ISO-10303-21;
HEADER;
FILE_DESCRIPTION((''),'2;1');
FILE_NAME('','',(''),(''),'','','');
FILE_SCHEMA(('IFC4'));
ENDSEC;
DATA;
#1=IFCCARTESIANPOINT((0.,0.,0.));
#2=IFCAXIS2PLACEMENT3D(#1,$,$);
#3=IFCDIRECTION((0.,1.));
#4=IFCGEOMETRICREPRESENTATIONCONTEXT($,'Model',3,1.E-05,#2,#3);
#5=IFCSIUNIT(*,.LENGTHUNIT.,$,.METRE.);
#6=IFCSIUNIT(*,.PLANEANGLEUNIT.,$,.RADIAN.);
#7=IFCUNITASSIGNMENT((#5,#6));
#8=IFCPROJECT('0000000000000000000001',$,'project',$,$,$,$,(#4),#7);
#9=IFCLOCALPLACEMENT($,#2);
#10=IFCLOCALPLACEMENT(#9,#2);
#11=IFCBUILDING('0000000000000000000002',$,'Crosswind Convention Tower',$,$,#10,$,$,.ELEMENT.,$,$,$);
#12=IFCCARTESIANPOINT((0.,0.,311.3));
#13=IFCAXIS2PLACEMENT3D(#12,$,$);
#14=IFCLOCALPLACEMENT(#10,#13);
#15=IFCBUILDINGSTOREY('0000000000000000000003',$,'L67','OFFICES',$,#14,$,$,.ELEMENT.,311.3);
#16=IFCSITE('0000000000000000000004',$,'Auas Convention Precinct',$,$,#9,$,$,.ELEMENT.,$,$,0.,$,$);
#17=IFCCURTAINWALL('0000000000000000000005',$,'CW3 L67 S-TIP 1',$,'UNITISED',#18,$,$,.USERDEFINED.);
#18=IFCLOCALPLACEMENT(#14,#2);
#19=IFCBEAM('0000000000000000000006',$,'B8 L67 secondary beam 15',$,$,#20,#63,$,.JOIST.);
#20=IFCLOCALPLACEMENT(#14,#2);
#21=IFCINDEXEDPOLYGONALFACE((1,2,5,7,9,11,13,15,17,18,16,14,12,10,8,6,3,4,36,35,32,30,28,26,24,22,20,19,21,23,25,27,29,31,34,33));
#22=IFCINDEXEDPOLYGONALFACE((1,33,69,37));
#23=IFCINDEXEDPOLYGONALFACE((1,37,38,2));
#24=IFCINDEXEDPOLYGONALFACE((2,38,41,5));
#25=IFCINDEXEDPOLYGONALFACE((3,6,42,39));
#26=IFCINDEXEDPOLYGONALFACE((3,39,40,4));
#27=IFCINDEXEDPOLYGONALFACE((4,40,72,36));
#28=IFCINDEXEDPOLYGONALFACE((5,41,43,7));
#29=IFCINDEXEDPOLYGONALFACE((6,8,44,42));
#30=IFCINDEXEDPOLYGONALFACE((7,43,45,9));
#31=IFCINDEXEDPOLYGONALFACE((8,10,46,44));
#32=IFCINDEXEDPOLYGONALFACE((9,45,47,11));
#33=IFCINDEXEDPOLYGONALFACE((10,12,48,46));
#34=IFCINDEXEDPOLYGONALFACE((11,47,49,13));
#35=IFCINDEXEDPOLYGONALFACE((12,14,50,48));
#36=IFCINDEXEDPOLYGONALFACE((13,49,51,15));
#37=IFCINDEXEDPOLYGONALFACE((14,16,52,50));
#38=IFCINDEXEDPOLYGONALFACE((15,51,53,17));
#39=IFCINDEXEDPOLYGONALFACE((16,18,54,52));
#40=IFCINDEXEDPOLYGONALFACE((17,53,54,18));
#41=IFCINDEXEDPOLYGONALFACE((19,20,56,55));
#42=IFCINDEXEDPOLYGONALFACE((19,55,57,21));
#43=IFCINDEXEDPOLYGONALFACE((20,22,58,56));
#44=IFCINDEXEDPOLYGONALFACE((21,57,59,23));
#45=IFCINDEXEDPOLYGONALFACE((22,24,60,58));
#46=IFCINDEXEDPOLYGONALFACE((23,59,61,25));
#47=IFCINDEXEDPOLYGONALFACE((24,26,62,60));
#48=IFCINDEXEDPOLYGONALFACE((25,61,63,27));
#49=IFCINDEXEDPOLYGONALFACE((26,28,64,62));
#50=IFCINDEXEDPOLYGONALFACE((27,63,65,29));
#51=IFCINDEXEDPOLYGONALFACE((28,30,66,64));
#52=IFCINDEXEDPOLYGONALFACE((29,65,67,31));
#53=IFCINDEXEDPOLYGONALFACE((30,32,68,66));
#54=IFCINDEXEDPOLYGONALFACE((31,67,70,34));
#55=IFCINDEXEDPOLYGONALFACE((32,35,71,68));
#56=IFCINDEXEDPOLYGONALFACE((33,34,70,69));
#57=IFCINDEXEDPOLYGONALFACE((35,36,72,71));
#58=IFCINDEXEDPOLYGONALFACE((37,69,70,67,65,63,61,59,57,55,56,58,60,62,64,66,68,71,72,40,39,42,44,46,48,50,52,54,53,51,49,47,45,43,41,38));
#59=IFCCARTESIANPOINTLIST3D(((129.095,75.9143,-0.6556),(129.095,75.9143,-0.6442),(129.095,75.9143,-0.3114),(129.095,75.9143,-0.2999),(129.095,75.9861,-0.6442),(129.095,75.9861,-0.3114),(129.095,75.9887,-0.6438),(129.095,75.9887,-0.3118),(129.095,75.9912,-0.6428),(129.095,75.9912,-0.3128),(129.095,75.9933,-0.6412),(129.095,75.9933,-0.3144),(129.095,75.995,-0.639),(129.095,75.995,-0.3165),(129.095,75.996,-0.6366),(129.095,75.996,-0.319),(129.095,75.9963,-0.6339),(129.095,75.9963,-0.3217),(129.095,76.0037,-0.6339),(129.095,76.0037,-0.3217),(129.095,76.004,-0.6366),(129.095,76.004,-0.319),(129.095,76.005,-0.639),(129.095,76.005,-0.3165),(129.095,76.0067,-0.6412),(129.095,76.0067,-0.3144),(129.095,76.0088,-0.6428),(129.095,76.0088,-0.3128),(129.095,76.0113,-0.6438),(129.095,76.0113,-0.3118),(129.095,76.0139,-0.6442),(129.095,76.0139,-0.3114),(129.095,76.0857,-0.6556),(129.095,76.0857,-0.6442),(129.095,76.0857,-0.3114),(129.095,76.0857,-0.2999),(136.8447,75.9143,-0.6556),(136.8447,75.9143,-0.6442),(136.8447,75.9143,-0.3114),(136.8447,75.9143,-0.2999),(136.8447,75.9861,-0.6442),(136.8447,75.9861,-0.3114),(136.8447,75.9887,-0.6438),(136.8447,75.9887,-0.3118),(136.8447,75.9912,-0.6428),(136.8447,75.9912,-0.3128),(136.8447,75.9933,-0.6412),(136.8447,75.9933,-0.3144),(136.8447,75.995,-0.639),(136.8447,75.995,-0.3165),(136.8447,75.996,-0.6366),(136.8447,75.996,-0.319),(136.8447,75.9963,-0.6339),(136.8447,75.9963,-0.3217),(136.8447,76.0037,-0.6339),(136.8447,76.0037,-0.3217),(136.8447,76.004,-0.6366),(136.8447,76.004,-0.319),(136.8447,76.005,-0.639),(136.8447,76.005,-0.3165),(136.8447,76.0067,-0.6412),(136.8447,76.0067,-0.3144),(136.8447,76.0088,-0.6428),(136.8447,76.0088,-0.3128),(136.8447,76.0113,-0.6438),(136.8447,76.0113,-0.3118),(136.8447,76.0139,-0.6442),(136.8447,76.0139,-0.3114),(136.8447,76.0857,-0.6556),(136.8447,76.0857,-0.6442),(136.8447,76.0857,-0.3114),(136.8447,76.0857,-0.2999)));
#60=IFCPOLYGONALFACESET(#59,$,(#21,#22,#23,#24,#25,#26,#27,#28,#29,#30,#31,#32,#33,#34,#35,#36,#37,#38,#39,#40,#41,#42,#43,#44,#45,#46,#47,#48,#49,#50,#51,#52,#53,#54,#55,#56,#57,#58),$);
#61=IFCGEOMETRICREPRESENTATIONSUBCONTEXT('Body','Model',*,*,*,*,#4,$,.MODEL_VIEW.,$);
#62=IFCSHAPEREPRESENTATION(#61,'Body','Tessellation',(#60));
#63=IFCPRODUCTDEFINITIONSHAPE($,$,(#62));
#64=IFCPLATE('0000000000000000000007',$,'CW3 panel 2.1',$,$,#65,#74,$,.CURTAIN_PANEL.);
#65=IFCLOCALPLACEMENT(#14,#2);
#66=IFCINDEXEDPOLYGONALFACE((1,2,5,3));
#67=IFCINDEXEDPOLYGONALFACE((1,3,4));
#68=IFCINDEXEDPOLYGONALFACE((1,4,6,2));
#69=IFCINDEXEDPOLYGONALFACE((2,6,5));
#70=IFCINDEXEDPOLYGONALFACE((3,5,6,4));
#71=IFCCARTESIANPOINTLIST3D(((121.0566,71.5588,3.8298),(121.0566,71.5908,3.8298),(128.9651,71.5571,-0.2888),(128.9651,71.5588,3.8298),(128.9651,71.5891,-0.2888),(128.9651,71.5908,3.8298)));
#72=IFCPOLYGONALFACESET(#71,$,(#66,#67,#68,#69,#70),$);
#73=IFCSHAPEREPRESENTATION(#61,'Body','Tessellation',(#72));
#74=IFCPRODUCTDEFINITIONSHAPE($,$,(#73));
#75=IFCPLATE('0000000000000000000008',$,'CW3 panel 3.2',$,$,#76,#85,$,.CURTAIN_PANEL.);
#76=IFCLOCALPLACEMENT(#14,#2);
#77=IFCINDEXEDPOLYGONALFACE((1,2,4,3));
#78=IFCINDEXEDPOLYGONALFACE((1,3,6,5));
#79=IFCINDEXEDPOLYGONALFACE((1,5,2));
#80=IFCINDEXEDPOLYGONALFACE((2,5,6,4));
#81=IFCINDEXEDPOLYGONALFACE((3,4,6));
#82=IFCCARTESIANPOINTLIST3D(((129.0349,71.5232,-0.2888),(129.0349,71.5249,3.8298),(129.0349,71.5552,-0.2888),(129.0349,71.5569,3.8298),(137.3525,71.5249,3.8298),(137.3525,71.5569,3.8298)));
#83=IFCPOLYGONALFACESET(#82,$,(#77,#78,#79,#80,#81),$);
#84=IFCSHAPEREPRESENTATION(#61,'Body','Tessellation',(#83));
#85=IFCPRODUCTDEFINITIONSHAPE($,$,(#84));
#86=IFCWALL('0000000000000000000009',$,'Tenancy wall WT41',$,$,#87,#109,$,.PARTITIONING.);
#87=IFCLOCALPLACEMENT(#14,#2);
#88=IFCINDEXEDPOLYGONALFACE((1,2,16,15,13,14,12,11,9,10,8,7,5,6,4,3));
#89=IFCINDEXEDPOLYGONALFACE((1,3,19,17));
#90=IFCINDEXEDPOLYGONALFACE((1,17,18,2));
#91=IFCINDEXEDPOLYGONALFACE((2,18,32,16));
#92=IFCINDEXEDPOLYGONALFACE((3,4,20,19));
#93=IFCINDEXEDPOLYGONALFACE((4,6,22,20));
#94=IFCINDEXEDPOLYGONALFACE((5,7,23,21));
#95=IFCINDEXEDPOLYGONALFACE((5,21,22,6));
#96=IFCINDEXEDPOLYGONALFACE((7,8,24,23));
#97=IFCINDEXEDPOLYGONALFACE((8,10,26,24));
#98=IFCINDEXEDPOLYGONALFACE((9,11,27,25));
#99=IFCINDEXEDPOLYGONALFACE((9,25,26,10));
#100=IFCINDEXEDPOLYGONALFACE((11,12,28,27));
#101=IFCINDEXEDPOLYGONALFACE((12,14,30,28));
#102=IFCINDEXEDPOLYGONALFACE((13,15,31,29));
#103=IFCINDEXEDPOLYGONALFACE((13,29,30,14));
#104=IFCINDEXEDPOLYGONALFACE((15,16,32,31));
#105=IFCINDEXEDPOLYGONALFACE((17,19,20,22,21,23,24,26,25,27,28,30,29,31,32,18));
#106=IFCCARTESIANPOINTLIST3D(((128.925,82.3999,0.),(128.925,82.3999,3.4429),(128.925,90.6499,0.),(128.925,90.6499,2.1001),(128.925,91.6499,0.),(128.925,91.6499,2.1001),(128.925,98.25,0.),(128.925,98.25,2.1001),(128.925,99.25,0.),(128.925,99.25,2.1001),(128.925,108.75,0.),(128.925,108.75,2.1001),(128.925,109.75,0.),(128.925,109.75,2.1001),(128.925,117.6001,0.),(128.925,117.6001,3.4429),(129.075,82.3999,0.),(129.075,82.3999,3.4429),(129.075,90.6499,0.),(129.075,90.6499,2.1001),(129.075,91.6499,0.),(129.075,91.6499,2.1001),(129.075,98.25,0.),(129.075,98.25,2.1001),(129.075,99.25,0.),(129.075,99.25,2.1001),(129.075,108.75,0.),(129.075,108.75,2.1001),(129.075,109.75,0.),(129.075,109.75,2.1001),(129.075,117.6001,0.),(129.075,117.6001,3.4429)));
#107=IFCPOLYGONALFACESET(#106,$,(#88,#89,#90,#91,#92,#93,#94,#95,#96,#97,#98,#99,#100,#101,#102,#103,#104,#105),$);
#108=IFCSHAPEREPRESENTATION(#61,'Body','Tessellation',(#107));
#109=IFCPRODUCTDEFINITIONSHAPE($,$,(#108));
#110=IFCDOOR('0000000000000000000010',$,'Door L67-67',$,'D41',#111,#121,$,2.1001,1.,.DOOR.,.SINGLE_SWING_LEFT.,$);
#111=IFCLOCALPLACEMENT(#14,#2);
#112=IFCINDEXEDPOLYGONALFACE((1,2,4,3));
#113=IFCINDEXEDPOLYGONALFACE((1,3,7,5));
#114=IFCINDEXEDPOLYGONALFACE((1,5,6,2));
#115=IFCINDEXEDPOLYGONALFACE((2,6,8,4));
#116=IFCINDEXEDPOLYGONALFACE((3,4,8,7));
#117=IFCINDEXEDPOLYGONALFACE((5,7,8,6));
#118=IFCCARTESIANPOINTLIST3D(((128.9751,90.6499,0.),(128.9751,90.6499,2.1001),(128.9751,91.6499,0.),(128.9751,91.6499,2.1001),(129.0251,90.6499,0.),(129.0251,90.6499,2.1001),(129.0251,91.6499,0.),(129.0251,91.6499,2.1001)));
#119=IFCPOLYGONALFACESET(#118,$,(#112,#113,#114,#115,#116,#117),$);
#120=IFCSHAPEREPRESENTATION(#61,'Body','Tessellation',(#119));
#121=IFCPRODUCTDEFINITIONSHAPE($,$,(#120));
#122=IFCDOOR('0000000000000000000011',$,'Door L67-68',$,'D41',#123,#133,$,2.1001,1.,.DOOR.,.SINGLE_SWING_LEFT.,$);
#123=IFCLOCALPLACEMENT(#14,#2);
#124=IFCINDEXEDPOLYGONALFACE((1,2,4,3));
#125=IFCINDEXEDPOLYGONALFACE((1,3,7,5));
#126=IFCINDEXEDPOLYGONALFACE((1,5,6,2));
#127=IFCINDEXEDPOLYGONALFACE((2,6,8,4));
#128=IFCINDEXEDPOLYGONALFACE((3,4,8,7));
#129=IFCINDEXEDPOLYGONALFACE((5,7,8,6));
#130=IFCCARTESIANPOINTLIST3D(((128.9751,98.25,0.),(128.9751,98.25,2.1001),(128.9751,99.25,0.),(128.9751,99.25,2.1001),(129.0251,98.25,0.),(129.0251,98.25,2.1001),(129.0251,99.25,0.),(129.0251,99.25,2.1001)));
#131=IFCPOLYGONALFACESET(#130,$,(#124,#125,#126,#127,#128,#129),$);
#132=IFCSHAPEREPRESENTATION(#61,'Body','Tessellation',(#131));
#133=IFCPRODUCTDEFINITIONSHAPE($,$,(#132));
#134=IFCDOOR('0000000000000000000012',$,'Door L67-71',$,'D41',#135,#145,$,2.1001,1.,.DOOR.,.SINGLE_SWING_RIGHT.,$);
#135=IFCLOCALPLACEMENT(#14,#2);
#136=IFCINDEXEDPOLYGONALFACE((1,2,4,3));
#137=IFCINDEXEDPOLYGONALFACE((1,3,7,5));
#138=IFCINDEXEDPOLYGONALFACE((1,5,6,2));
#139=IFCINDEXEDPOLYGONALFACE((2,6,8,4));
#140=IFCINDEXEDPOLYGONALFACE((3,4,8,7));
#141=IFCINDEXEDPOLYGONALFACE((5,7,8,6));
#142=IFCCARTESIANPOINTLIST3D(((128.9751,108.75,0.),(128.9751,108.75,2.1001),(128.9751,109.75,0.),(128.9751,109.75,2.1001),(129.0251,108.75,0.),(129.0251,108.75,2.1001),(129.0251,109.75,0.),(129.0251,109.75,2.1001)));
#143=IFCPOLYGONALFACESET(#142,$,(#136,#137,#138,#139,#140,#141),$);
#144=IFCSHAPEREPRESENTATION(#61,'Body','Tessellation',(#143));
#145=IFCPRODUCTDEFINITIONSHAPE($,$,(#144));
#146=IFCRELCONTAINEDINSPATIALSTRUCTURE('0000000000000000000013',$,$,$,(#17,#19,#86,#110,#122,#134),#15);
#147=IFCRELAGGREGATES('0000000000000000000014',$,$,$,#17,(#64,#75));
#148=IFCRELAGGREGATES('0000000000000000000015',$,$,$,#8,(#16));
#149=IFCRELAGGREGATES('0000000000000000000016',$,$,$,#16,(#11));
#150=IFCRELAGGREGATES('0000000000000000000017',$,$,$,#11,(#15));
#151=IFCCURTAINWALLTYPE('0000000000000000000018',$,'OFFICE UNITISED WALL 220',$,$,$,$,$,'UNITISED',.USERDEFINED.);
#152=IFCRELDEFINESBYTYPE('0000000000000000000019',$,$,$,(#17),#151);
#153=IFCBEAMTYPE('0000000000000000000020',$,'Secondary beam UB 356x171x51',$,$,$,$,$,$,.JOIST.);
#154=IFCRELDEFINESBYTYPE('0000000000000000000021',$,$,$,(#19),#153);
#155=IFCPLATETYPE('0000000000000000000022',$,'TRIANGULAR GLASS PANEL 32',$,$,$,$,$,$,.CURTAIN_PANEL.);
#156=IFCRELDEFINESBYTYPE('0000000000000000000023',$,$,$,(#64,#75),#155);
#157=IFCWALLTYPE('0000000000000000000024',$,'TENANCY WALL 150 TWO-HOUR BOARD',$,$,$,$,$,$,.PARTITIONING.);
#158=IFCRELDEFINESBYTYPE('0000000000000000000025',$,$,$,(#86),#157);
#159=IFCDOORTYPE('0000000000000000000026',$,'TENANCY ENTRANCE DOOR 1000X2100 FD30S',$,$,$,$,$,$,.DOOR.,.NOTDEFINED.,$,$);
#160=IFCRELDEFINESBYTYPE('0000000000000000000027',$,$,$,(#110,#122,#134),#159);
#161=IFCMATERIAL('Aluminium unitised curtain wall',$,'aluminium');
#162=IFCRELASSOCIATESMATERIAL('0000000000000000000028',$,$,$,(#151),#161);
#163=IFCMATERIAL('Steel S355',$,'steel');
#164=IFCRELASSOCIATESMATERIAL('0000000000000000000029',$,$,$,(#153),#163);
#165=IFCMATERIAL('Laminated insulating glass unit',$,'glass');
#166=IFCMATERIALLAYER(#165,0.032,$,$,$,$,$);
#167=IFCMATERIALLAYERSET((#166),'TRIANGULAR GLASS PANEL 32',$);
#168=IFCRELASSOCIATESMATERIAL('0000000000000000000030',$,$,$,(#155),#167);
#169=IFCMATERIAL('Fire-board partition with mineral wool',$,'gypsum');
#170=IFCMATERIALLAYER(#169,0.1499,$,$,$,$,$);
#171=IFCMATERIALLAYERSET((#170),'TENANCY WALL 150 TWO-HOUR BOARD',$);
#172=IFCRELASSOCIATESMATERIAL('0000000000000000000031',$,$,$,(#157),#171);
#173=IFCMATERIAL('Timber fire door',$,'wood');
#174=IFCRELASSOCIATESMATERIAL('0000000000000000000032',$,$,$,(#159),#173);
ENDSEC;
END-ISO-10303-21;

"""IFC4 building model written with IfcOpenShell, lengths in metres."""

from ifc_helpers import new_model, si_unit, direction, frame, frame_2d, origin, origin_2d, place, context, subcontext, project, spatial, polyline, rectangle, i_section, outline, extrude, material, layer, layer_set, material_profile, profile_set, type_object, element, fill, aggregate, save


model = new_model("IFC4")

# Units and contexts
model_context = context("Model", 3, precision=1e-05, world=origin(), true_north=direction((0.0, 1.0)))
body_context = subcontext(model_context, "Body", "Model", "MODEL_VIEW")
ifc_project = project(units=[si_unit("LENGTHUNIT", "METRE"), si_unit("PLANEANGLEUNIT", "RADIAN")], contexts=[model_context])

# Site, building, storey
site_placement = place(None, origin())
site = spatial("IfcSite", under=ifc_project, at=site_placement, Name="Auas Convention Precinct", CompositionType="ELEMENT", RefElevation=0.0)
building_placement = place(site_placement, origin())
building = spatial("IfcBuilding", under=site, at=building_placement, Name="Crosswind Convention Tower", CompositionType="ELEMENT")
storey_placement = place(building_placement, frame((0.0, 0.0, 311.3)))
storey = spatial("IfcBuildingStorey", under=building, at=storey_placement, Name="L67", Description="OFFICES", CompositionType="ELEMENT", Elevation=311.3)

# Shared definitions
ifc_material_1 = material(Name="Steel S355", Category="steel")

# Curtain wall
ifc_material_2 = material(Name="Aluminium unitised curtain wall", Category="aluminium")
curtain_wall_type = type_object("IfcCurtainWallType", Name="OFFICE UNITISED WALL 220", ElementType="UNITISED", PredefinedType="USERDEFINED", material=ifc_material_2)
curtain_wall_placement = place(storey_placement, origin())
curtain_wall = element("IfcCurtainWall", 1, at=curtain_wall_placement, inside=storey, type_object=curtain_wall_type, Name="CW3 L67 S-TIP 1", ObjectType="UNITISED", PredefinedType="USERDEFINED")

# Beam
ifc_material_profile_1 = material_profile(ifc_material_1, i_section(OverallWidth=0.1714, OverallDepth=0.3557, WebThickness=0.0073, FlangeThickness=0.0115, FilletRadius=0.0103, at=origin_2d()), Name="UB 356x171x51")
ifc_profile_set_1 = profile_set([ifc_material_profile_1], Name="Steel S355")
beam_type_1 = type_object("IfcBeamType", Name="Secondary beam UB 356x171x51", PredefinedType="JOIST", material=ifc_profile_set_1)
beam_placement = place(storey_placement, frame((129.095, 76.0, -0.4778), z_axis=(1.0, 0.0, 0.0), x_axis=(0.0, 1.0, 0.0)))
element("IfcBeam", 2, at=beam_placement, inside=storey, type_object=beam_type_1, Name="B8 L67 secondary beam 15", PredefinedType="JOIST", context=body_context, shape_type="SweptSolid", body=[
    extrude(i_section(OverallWidth=0.1714, OverallDepth=0.3557, WebThickness=0.0073, FlangeThickness=0.0115, FilletRadius=0.0103, at=origin_2d()), origin(), (0.0, 0.0, 1.0), 7.7498),
])

# Plates
ifc_material_3 = material(Name="Laminated insulating glass unit", Category="glass")
ifc_layer_1 = layer(ifc_material_3, 0.032)
ifc_layer_set_1 = layer_set([ifc_layer_1], Name="TRIANGULAR GLASS PANEL 32")
plate_type = type_object("IfcPlateType", Name="TRIANGULAR GLASS PANEL 32", PredefinedType="CURTAIN_PANEL", material=ifc_layer_set_1)
plate_1_placement = place(storey_placement, frame((128.9651, 71.5588, 3.8298), z_axis=(0.0, -1.0, 0.000415), x_axis=(-1.0, 0.0, 0.0)))
plate_1 = element("IfcPlate", 3, at=plate_1_placement, type_object=plate_type, Name="CW3 panel 2.1", PredefinedType="CURTAIN_PANEL", context=body_context, shape_type="SweptSolid", body=[
    extrude(outline(polyline([(0.0, 0.0), (7.9084, 0.0), (0.0, 4.1187), (0.0, 0.0)])), origin(), (0.0, 0.0, -1.0), 0.032),
])
plate_2_placement = place(storey_placement, frame((129.0349, 71.5249, 3.8298), z_axis=(0.0, -1.0, 0.000415), x_axis=(0.0, -0.000415, -1.0)))
plate_2 = element("IfcPlate", 4, at=plate_2_placement, type_object=plate_type, Name="CW3 panel 3.2", PredefinedType="CURTAIN_PANEL", context=body_context, shape_type="SweptSolid", body=[
    extrude(outline(polyline([(0.0, 0.0), (4.1187, 0.0), (0.0, 8.3176), (0.0, 0.0)])), origin(), (0.0, 0.0, -1.0), 0.032),
])
aggregate(curtain_wall, [plate_1, plate_2])

# Wall, openings, doors
ifc_material_4 = material(Name="Fire-board partition with mineral wool", Category="gypsum")
ifc_layer_2 = layer(ifc_material_4, 0.1499)
ifc_layer_set_2 = layer_set([ifc_layer_2], Name="TENANCY WALL 150 TWO-HOUR BOARD")
wall_type = type_object("IfcWallType", Name="TENANCY WALL 150 TWO-HOUR BOARD", PredefinedType="PARTITIONING", material=ifc_layer_set_2)
wall_1_placement = place(storey_placement, frame((129.0, 82.3999, 0.0), z_axis=(0.0, 0.0, 1.0), x_axis=(0.0, 1.0, 0.0)))
wall_1 = element("IfcWall", 5, at=wall_1_placement, inside=storey, type_object=wall_type, Name="Tenancy wall WT41", PredefinedType="PARTITIONING", context=body_context, shape_type="SweptSolid", body=[
    extrude(rectangle(XDim=35.2002, YDim=0.1499, at=frame_2d((17.6001, 0.0))), origin(), (0.0, 0.0, 1.0), 3.4429),
])
opening_1_placement = place(wall_1_placement, frame((8.25, 0.0, 0.0)))
opening_1 = element("IfcOpeningElement", 6, at=opening_1_placement, cuts=wall_1, PredefinedType="OPENING", context=body_context, shape_type="SweptSolid", body=[
    extrude(rectangle(XDim=1.0, YDim=2.1001, at=frame_2d((0.5, 1.05))), frame((0.0, 0.085, 0.0), z_axis=(0.0, -1.0, 0.0), x_axis=(1.0, 0.0, 0.0)), (0.0, 0.0, 1.0), 0.1699),
])
opening_2_placement = place(wall_1_placement, frame((15.8501, 0.0, 0.0)))
opening_2 = element("IfcOpeningElement", 7, at=opening_2_placement, cuts=wall_1, PredefinedType="OPENING", context=body_context, shape_type="SweptSolid", body=[
    extrude(rectangle(XDim=1.0, YDim=2.1001, at=frame_2d((0.5, 1.05))), frame((0.0, 0.085, 0.0), z_axis=(0.0, -1.0, 0.0), x_axis=(1.0, 0.0, 0.0)), (0.0, 0.0, 1.0), 0.1699),
])
opening_3_placement = place(wall_1_placement, frame((26.3501, 0.0, 0.0)))
opening_3 = element("IfcOpeningElement", 8, at=opening_3_placement, cuts=wall_1, PredefinedType="OPENING", context=body_context, shape_type="SweptSolid", body=[
    extrude(rectangle(XDim=1.0, YDim=2.1001, at=frame_2d((0.5, 1.05))), frame((0.0, 0.085, 0.0), z_axis=(0.0, -1.0, 0.0), x_axis=(1.0, 0.0, 0.0)), (0.0, 0.0, 1.0), 0.1699),
])
ifc_material_5 = material(Name="Timber fire door", Category="wood")
door_type = type_object("IfcDoorType", Name="TENANCY ENTRANCE DOOR 1000X2100 FD30S", OperationType="NOTDEFINED", PredefinedType="DOOR", material=ifc_material_5)
door_1_placement = place(opening_1_placement, origin())
door_1 = element("IfcDoor", 9, at=door_1_placement, inside=storey, type_object=door_type, Name="Door L67-67", ObjectType="D41", OperationType="SINGLE_SWING_LEFT", OverallHeight=2.1001, OverallWidth=1.0, PredefinedType="DOOR", context=body_context, shape_type="SweptSolid", body=[
    extrude(rectangle(XDim=1.0, YDim=2.1001, at=frame_2d((0.5, 1.05))), frame((0.0, 0.0249, 0.0), z_axis=(0.0, -1.0, 0.0), x_axis=(1.0, 0.0, 0.0)), (0.0, 0.0, 1.0), 0.05),
])
fill(opening_1, door_1)
door_2_placement = place(opening_2_placement, origin())
door_2 = element("IfcDoor", 10, at=door_2_placement, inside=storey, type_object=door_type, Name="Door L67-68", ObjectType="D41", OperationType="SINGLE_SWING_LEFT", OverallHeight=2.1001, OverallWidth=1.0, PredefinedType="DOOR", context=body_context, shape_type="SweptSolid", body=[
    extrude(rectangle(XDim=1.0, YDim=2.1001, at=frame_2d((0.5, 1.05))), frame((0.0, 0.0249, 0.0), z_axis=(0.0, -1.0, 0.0), x_axis=(1.0, 0.0, 0.0)), (0.0, 0.0, 1.0), 0.05),
])
fill(opening_2, door_2)
door_3_placement = place(opening_3_placement, origin())
door_3 = element("IfcDoor", 11, at=door_3_placement, inside=storey, type_object=door_type, Name="Door L67-71", ObjectType="D41", OperationType="SINGLE_SWING_RIGHT", OverallHeight=2.1001, OverallWidth=1.0, PredefinedType="DOOR", context=body_context, shape_type="SweptSolid", body=[
    extrude(rectangle(XDim=1.0, YDim=2.1001, at=frame_2d((0.5, 1.05))), frame((0.0, 0.0249, 0.0), z_axis=(0.0, -1.0, 0.0), x_axis=(1.0, 0.0, 0.0)), (0.0, 0.0, 1.0), 0.05),
])
fill(opening_3, door_3)

save(model, "model.ifc")
